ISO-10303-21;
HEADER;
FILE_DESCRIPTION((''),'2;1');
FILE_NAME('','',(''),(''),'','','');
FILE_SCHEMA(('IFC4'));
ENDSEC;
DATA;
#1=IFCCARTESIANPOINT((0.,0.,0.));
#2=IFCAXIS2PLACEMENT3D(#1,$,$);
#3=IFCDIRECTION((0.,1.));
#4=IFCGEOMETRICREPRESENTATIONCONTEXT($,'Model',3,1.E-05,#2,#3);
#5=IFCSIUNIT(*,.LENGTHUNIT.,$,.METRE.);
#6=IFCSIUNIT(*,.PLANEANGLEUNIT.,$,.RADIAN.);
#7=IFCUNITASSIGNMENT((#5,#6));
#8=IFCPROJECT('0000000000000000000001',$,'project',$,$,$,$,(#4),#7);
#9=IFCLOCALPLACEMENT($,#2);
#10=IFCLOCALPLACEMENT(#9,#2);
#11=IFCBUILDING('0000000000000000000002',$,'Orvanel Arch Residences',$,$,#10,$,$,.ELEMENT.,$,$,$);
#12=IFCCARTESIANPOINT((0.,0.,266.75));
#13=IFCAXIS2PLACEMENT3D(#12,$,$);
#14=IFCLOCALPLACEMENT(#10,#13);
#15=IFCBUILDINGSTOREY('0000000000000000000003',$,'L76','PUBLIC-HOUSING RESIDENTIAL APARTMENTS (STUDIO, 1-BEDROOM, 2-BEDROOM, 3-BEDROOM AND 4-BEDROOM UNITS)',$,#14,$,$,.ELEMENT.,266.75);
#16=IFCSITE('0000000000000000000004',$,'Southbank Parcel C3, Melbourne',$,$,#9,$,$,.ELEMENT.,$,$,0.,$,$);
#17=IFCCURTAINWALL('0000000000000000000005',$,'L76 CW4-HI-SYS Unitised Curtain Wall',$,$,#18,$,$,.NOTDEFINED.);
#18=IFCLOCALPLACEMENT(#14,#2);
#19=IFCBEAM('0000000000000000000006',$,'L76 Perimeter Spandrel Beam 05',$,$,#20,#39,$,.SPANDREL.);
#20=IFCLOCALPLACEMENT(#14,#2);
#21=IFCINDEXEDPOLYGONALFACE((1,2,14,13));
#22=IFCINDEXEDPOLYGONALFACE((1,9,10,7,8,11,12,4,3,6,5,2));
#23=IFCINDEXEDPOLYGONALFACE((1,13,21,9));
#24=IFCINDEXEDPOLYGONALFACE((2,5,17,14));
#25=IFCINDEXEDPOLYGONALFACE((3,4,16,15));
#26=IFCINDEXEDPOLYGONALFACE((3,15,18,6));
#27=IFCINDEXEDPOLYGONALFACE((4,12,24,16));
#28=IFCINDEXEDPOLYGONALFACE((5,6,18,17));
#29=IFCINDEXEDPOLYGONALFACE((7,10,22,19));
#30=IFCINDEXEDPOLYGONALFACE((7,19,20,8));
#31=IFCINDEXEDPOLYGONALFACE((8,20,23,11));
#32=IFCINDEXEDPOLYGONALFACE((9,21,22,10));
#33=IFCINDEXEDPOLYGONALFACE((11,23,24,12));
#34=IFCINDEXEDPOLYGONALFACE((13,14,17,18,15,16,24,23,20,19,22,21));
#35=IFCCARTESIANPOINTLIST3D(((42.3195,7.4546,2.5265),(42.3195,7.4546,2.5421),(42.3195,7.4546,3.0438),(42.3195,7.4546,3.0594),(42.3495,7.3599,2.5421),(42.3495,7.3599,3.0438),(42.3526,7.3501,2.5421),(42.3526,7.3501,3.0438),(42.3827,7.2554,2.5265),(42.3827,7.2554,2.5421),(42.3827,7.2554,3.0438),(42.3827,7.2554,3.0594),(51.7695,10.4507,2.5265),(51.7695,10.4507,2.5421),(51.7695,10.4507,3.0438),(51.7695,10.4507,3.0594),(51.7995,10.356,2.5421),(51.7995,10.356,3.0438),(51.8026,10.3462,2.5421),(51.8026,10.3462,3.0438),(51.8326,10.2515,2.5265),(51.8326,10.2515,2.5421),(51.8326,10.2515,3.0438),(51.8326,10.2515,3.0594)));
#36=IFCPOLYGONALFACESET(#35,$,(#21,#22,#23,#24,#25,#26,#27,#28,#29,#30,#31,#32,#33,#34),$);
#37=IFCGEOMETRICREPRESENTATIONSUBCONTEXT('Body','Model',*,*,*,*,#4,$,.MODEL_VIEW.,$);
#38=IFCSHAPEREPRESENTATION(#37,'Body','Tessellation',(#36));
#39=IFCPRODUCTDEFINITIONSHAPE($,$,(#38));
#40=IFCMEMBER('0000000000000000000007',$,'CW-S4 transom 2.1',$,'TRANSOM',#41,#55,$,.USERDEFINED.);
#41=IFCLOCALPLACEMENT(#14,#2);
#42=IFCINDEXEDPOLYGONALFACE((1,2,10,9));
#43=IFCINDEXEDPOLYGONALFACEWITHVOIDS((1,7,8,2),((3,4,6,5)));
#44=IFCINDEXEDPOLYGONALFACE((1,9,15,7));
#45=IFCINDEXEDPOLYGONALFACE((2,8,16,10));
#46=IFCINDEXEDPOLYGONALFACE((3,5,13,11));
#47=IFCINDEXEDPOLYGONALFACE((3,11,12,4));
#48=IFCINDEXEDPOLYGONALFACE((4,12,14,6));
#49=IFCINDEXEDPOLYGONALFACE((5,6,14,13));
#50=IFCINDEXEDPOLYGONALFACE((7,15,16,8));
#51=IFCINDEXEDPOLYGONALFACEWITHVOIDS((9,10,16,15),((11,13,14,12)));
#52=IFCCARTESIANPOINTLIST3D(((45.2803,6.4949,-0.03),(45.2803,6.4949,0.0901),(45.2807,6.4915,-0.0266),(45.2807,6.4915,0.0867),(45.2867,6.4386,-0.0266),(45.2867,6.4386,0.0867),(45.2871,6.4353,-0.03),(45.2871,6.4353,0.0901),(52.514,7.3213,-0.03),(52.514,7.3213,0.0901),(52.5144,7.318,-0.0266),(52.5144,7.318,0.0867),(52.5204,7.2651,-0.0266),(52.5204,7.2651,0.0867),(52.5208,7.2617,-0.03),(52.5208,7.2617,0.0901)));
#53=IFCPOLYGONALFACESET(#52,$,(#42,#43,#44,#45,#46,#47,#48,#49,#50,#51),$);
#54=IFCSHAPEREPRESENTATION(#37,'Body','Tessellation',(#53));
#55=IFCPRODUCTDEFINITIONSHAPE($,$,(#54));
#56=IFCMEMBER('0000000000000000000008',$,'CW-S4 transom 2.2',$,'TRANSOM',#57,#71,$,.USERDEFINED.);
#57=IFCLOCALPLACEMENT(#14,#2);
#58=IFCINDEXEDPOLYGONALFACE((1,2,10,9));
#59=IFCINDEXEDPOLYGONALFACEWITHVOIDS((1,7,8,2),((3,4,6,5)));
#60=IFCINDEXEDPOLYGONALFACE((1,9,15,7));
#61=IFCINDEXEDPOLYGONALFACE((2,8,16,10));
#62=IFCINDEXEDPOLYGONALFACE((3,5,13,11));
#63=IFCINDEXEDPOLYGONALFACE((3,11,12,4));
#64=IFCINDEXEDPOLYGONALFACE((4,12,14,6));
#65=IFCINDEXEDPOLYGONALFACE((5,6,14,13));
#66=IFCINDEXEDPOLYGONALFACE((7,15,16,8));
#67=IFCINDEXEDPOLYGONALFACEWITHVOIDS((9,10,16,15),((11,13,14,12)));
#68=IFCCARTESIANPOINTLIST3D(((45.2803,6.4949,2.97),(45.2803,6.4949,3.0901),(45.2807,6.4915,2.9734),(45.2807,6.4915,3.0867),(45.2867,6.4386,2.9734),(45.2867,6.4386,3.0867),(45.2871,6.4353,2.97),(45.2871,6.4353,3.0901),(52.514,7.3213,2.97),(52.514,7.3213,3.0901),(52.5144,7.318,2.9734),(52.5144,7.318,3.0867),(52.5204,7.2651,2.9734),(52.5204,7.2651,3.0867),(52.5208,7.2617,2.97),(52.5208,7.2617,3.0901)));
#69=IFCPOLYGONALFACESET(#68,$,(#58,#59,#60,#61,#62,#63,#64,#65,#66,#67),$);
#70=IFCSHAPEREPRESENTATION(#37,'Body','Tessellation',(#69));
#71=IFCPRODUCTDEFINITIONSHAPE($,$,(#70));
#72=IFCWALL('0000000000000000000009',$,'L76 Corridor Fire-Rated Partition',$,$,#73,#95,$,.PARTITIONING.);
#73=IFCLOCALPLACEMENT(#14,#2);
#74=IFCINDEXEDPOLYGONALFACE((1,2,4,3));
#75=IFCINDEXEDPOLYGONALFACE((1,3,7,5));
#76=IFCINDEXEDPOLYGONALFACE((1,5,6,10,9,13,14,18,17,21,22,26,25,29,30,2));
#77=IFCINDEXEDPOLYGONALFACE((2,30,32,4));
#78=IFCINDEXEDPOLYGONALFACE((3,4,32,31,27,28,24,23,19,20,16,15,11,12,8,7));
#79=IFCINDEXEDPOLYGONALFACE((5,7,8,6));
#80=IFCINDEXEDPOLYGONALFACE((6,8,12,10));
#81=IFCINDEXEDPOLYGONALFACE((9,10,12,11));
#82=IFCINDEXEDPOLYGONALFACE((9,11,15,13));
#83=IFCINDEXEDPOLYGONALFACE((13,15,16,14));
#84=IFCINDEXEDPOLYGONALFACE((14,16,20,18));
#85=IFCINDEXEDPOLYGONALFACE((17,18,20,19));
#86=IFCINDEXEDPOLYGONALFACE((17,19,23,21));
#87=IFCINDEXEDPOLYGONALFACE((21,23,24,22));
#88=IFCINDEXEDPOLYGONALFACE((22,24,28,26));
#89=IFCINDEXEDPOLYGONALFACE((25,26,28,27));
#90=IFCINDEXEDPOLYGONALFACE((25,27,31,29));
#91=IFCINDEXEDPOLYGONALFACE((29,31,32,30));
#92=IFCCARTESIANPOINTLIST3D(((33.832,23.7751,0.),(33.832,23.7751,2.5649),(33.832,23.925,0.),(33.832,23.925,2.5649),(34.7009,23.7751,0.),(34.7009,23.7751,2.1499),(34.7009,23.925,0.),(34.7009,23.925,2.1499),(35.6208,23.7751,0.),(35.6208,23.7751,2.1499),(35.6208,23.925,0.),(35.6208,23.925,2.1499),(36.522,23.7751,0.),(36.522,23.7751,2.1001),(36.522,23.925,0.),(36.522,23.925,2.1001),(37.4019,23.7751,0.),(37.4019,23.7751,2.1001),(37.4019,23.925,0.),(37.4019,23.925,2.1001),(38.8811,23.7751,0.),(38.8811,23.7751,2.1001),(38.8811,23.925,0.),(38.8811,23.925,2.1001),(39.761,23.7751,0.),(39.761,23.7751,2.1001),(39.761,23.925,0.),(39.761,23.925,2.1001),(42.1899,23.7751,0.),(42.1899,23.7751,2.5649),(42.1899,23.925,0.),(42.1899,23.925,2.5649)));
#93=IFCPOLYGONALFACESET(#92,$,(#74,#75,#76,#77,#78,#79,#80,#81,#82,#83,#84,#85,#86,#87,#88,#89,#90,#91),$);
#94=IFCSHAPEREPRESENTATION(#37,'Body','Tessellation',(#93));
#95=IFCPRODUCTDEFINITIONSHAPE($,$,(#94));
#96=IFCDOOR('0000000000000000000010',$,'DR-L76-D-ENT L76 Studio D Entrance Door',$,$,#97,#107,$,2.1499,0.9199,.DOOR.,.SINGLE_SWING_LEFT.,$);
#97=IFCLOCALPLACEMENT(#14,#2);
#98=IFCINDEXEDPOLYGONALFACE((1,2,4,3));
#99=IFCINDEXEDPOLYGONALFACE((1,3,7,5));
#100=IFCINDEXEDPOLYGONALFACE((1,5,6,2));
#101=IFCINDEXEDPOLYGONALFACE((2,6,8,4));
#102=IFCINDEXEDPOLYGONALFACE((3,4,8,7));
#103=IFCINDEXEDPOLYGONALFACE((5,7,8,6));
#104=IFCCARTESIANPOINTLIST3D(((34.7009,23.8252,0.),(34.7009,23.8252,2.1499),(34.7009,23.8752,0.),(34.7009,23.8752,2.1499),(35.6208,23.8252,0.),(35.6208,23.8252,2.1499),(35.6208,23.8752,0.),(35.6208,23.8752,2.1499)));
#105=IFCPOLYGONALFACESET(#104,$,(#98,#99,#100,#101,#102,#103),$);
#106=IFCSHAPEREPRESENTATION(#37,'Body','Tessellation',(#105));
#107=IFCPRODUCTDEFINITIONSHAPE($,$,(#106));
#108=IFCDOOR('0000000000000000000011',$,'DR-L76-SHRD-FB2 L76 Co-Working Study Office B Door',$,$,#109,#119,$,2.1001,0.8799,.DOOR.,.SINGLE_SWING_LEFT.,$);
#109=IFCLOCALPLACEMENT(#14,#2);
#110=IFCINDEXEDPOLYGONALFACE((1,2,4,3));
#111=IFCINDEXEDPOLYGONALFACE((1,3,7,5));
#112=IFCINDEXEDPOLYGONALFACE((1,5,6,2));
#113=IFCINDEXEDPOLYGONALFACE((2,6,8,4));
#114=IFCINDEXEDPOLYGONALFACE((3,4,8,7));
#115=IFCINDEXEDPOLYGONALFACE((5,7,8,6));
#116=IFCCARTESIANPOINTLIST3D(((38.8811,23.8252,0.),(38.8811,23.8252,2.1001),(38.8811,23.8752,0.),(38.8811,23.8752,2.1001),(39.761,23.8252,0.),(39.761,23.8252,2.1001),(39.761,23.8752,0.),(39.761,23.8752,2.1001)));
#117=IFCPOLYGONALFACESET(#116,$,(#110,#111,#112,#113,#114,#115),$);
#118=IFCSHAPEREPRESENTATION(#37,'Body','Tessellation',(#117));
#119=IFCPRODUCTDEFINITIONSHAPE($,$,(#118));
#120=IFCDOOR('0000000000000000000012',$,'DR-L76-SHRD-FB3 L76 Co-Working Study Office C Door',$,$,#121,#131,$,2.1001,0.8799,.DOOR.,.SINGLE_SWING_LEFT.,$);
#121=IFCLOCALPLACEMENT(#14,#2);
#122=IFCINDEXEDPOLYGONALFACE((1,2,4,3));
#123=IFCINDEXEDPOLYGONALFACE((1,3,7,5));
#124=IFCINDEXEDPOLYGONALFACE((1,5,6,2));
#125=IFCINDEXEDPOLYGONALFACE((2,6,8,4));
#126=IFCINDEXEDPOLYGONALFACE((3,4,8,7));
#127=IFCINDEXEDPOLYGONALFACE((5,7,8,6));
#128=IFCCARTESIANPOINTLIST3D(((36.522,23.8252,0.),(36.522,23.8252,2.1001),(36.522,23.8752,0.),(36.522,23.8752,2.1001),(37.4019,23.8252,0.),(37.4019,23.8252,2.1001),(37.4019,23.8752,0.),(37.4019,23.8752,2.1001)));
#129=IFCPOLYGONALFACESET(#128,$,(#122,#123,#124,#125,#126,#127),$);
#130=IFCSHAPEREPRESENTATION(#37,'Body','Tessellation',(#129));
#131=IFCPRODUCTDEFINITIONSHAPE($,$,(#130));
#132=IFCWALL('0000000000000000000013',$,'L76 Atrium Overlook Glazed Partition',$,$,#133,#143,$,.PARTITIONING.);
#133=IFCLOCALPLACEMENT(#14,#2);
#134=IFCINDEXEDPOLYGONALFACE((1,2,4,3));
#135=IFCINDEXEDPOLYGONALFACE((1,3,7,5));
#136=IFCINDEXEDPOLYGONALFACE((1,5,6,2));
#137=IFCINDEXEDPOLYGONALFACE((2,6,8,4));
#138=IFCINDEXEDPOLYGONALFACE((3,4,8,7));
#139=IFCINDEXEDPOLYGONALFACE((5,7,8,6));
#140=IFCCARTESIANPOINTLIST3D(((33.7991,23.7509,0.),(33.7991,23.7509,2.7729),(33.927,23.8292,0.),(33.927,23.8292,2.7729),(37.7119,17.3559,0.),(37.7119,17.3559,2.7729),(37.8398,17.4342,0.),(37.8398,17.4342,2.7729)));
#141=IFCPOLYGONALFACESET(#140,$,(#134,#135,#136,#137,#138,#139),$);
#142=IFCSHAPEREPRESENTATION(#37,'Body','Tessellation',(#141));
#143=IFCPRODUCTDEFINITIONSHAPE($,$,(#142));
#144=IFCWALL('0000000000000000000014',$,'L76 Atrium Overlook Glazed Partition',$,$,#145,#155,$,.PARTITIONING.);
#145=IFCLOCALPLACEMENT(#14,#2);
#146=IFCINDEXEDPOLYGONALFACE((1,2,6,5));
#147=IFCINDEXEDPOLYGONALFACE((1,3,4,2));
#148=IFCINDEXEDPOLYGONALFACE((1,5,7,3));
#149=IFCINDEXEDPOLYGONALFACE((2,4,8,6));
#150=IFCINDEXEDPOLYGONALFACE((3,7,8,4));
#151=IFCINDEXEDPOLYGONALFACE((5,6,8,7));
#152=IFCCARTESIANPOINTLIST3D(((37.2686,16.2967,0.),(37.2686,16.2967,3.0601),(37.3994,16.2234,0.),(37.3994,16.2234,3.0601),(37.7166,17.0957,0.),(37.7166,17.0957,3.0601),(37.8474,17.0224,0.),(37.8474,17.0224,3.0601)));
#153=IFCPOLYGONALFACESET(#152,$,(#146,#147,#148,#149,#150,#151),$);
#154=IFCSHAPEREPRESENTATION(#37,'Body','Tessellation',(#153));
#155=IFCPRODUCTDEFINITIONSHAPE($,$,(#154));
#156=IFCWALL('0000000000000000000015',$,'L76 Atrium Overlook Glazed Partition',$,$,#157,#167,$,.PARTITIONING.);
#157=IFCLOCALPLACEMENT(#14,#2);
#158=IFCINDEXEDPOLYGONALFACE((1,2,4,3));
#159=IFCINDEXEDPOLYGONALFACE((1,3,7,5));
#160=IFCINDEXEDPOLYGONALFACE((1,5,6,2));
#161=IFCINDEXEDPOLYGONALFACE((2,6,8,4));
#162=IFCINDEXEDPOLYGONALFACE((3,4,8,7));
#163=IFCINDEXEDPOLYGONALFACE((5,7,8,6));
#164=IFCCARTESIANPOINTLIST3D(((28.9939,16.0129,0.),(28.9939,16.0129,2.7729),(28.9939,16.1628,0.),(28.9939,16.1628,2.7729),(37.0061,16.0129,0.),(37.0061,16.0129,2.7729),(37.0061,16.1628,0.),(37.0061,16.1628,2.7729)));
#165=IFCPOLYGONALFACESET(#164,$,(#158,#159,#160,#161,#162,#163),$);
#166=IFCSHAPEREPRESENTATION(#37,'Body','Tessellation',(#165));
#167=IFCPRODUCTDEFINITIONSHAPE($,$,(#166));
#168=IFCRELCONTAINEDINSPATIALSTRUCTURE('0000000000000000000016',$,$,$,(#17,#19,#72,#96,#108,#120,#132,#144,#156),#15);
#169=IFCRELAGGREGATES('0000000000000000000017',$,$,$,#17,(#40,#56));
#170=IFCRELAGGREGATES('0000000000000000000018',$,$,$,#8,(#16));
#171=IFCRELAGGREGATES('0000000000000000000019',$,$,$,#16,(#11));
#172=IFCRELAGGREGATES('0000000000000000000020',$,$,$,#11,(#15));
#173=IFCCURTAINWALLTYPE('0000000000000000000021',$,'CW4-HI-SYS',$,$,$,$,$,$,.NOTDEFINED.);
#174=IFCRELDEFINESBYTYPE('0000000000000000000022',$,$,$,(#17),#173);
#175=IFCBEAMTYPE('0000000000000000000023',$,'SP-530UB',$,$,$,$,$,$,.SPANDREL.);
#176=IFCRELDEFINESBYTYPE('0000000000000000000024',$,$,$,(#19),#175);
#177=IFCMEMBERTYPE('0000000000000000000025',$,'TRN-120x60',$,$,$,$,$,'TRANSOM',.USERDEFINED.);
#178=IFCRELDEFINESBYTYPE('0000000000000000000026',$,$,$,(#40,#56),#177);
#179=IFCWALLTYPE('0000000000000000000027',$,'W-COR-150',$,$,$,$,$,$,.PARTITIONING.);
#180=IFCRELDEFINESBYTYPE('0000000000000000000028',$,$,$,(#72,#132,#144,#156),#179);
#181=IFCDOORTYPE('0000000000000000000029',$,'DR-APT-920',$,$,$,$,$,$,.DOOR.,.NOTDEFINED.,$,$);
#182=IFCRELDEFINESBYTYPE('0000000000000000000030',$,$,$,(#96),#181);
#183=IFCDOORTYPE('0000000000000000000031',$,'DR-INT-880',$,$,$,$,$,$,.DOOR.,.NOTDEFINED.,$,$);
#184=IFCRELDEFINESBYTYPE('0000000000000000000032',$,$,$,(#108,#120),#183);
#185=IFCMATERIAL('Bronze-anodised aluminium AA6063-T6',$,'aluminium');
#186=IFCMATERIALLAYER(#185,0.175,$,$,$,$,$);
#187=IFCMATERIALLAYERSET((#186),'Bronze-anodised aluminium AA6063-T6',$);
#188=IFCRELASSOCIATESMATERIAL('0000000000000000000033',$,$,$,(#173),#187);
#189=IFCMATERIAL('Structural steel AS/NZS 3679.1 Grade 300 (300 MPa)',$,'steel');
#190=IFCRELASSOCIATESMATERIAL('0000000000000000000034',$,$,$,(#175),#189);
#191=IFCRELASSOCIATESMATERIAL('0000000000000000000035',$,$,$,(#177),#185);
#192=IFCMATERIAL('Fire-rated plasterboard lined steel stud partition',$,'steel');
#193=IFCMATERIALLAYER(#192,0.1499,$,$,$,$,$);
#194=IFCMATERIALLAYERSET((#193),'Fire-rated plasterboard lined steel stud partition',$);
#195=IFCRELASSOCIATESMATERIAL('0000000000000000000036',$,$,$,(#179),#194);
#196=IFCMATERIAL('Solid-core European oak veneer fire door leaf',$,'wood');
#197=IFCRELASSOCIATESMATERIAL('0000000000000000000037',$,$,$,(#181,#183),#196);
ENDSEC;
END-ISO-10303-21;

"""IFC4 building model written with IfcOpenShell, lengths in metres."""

from ifc_helpers import new_model, si_unit, direction, frame, frame_2d, origin, origin_2d, place, context, subcontext, project, spatial, rectangle, hollow_rectangle, i_section, extrude, material, layer, layer_set, material_profile, profile_set, type_object, element, fill, aggregate, save


model = new_model("IFC4")

# Units and contexts
model_context = context("Model", 3, precision=1e-05, world=origin(), true_north=direction((0.0, 1.0)))
body_context = subcontext(model_context, "Body", "Model", "MODEL_VIEW")
ifc_project = project(units=[si_unit("LENGTHUNIT", "METRE"), si_unit("PLANEANGLEUNIT", "RADIAN")], contexts=[model_context])

# Site, building, storey
site_placement = place(None, origin())
site = spatial("IfcSite", under=ifc_project, at=site_placement, Name="Southbank Parcel C3, Melbourne", CompositionType="ELEMENT", RefElevation=0.0)
building_placement = place(site_placement, origin())
building = spatial("IfcBuilding", under=site, at=building_placement, Name="Orvanel Arch Residences", CompositionType="ELEMENT")
storey_placement = place(building_placement, frame((0.0, 0.0, 266.75)))
storey = spatial("IfcBuildingStorey", under=building, at=storey_placement, Name="L76", Description="PUBLIC-HOUSING RESIDENTIAL APARTMENTS (STUDIO, 1-BEDROOM, 2-BEDROOM, 3-BEDROOM AND 4-BEDROOM UNITS)", CompositionType="ELEMENT", Elevation=266.75)

# Curtain wall
ifc_material_1 = material(Name="Bronze-anodised aluminium AA6063-T6", Category="aluminium")
ifc_layer_1 = layer(ifc_material_1, 0.175)
ifc_layer_set_1 = layer_set([ifc_layer_1], Name="Bronze-anodised aluminium AA6063-T6")
curtain_wall_type = type_object("IfcCurtainWallType", Name="CW4-HI-SYS", PredefinedType="NOTDEFINED", material=ifc_layer_set_1)
curtain_wall_placement = place(storey_placement, origin())
curtain_wall = element("IfcCurtainWall", 1, at=curtain_wall_placement, inside=storey, type_object=curtain_wall_type, Name="L76 CW4-HI-SYS Unitised Curtain Wall", PredefinedType="NOTDEFINED")

# Beam
ifc_material_2 = material(Name="Structural steel AS/NZS 3679.1 Grade 300 (300 MPa)", Category="steel")
ifc_material_profile_1 = material_profile(ifc_material_2, i_section(OverallWidth=0.209, OverallDepth=0.533, WebThickness=0.0103, FlangeThickness=0.0156, at=origin_2d()), Name="530UB92.4")
ifc_profile_set_1 = profile_set([ifc_material_profile_1], Name="Structural steel AS/NZS 3679.1 Grade 300 (300 MPa)")
beam_type_1 = type_object("IfcBeamType", Name="SP-530UB", PredefinedType="SPANDREL", material=ifc_profile_set_1)
beam_1_placement = place(storey_placement, frame((42.3511, 7.355, 2.793), z_axis=(0.953237, 0.302223, 0.0), x_axis=(-0.302223, 0.953237, 0.0)))
element("IfcBeam", 2, at=beam_1_placement, inside=storey, type_object=beam_type_1, Name="L76 Perimeter Spandrel Beam 05", PredefinedType="SPANDREL", context=body_context, shape_type="SweptSolid", body=[
    extrude(i_section(OverallWidth=0.209, OverallDepth=0.533, WebThickness=0.0103, FlangeThickness=0.0156, at=origin_2d()), origin(), (0.0, 0.0, 1.0), 9.9136),
])

# Members
ifc_material_profile_2 = material_profile(ifc_material_1, hollow_rectangle(XDim=0.0601, YDim=0.1201, WallThickness=0.0034, at=origin_2d()), Name="ALU120x60x3.5")
ifc_profile_set_2 = profile_set([ifc_material_profile_2], Name="Bronze-anodised aluminium AA6063-T6")
member_type_1 = type_object("IfcMemberType", Name="TRN-120x60", ElementType="TRANSOM", PredefinedType="USERDEFINED", material=ifc_profile_set_2)
member_1_placement = place(storey_placement, frame((45.2837, 6.4651, 0.03), z_axis=(0.993537, 0.113508, 0.0), x_axis=(-0.113508, 0.993537, 0.0)))
member_1 = element("IfcMember", 3, at=member_1_placement, type_object=member_type_1, Name="CW-S4 transom 2.1", ObjectType="TRANSOM", PredefinedType="USERDEFINED", context=body_context, shape_type="SweptSolid", body=[
    extrude(hollow_rectangle(XDim=0.0601, YDim=0.1201, WallThickness=0.0034, at=origin_2d()), origin(), (0.0, 0.0, 1.0), 7.2808),
])
member_2_placement = place(storey_placement, frame((45.2837, 6.4651, 3.03), z_axis=(0.993537, 0.113508, 0.0), x_axis=(-0.113508, 0.993537, 0.0)))
member_2 = element("IfcMember", 4, at=member_2_placement, type_object=member_type_1, Name="CW-S4 transom 2.2", ObjectType="TRANSOM", PredefinedType="USERDEFINED", context=body_context, shape_type="SweptSolid", body=[
    extrude(hollow_rectangle(XDim=0.0601, YDim=0.1201, WallThickness=0.0034, at=origin_2d()), origin(), (0.0, 0.0, 1.0), 7.2808),
])
aggregate(curtain_wall, [member_1, member_2])

# Wall, openings, doors
ifc_material_3 = material(Name="Fire-rated plasterboard lined steel stud partition", Category="steel")
ifc_layer_2 = layer(ifc_material_3, 0.1499)
ifc_layer_set_2 = layer_set([ifc_layer_2], Name="Fire-rated plasterboard lined steel stud partition")
wall_type_1 = type_object("IfcWallType", Name="W-COR-150", PredefinedType="PARTITIONING", material=ifc_layer_set_2)
wall_1_placement = place(storey_placement, frame((42.1899, 23.8501, 0.0), z_axis=(0.0, 0.0, 1.0), x_axis=(-1.0, 0.0, 0.0)))
wall_1 = element("IfcWall", 5, at=wall_1_placement, inside=storey, type_object=wall_type_1, Name="L76 Corridor Fire-Rated Partition", PredefinedType="PARTITIONING", context=body_context, shape_type="SweptSolid", body=[
    extrude(rectangle(XDim=8.3579, YDim=0.1499, at=frame_2d((4.179, 0.0))), origin(), (0.0, 0.0, 1.0), 2.5649),
])
opening_1_placement = place(wall_1_placement, frame((2.429, 0.0, 0.0)))
opening_1 = element("IfcOpeningElement", 6, at=opening_1_placement, cuts=wall_1, PredefinedType="OPENING", context=body_context, shape_type="SweptSolid", body=[
    extrude(rectangle(XDim=0.8799, YDim=2.1001, at=frame_2d((0.4399, 1.05))), frame((0.0, 0.085, 0.0), z_axis=(0.0, -1.0, 0.0), x_axis=(1.0, 0.0, 0.0)), (0.0, 0.0, 1.0), 0.1699),
])
opening_2_placement = place(wall_1_placement, frame((4.7881, 0.0, 0.0)))
opening_2 = element("IfcOpeningElement", 7, at=opening_2_placement, cuts=wall_1, PredefinedType="OPENING", context=body_context, shape_type="SweptSolid", body=[
    extrude(rectangle(XDim=0.8799, YDim=2.1001, at=frame_2d((0.4399, 1.05))), frame((0.0, 0.085, 0.0), z_axis=(0.0, -1.0, 0.0), x_axis=(1.0, 0.0, 0.0)), (0.0, 0.0, 1.0), 0.1699),
])
opening_3_placement = place(wall_1_placement, frame((6.5691, 0.0, 0.0)))
opening_3 = element("IfcOpeningElement", 8, at=opening_3_placement, cuts=wall_1, PredefinedType="OPENING", context=body_context, shape_type="SweptSolid", body=[
    extrude(rectangle(XDim=0.9199, YDim=2.1499, at=frame_2d((0.46, 1.075))), frame((0.0, 0.085, 0.0), z_axis=(0.0, -1.0, 0.0), x_axis=(1.0, 0.0, 0.0)), (0.0, 0.0, 1.0), 0.1699),
])
ifc_material_4 = material(Name="Solid-core European oak veneer fire door leaf", Category="wood")
door_type_1 = type_object("IfcDoorType", Name="DR-APT-920", OperationType="NOTDEFINED", PredefinedType="DOOR", material=ifc_material_4)
door_1_placement = place(opening_3_placement, origin())
door_1 = element("IfcDoor", 9, at=door_1_placement, inside=storey, type_object=door_type_1, Name="DR-L76-D-ENT L76 Studio D Entrance Door", OperationType="SINGLE_SWING_LEFT", OverallHeight=2.1499, OverallWidth=0.9199, PredefinedType="DOOR", context=body_context, shape_type="SweptSolid", body=[
    extrude(rectangle(XDim=0.9199, YDim=2.1499, at=frame_2d((0.46, 1.075))), frame((0.0, 0.0249, 0.0), z_axis=(0.0, -1.0, 0.0), x_axis=(1.0, 0.0, 0.0)), (0.0, 0.0, 1.0), 0.05),
])
fill(opening_3, door_1)
door_type_2 = type_object("IfcDoorType", Name="DR-INT-880", OperationType="NOTDEFINED", PredefinedType="DOOR", material=ifc_material_4)
door_2_placement = place(opening_1_placement, origin())
door_2 = element("IfcDoor", 10, at=door_2_placement, inside=storey, type_object=door_type_2, Name="DR-L76-SHRD-FB2 L76 Co-Working Study Office B Door", OperationType="SINGLE_SWING_LEFT", OverallHeight=2.1001, OverallWidth=0.8799, PredefinedType="DOOR", context=body_context, shape_type="SweptSolid", body=[
    extrude(rectangle(XDim=0.8799, YDim=2.1001, at=frame_2d((0.4399, 1.05))), frame((0.0, 0.0249, 0.0), z_axis=(0.0, -1.0, 0.0), x_axis=(1.0, 0.0, 0.0)), (0.0, 0.0, 1.0), 0.05),
])
fill(opening_1, door_2)
door_3_placement = place(opening_2_placement, origin())
door_3 = element("IfcDoor", 11, at=door_3_placement, inside=storey, type_object=door_type_2, Name="DR-L76-SHRD-FB3 L76 Co-Working Study Office C Door", OperationType="SINGLE_SWING_LEFT", OverallHeight=2.1001, OverallWidth=0.8799, PredefinedType="DOOR", context=body_context, shape_type="SweptSolid", body=[
    extrude(rectangle(XDim=0.8799, YDim=2.1001, at=frame_2d((0.4399, 1.05))), frame((0.0, 0.0249, 0.0), z_axis=(0.0, -1.0, 0.0), x_axis=(1.0, 0.0, 0.0)), (0.0, 0.0, 1.0), 0.05),
])
fill(opening_2, door_3)

# Walls
wall_2_placement = place(storey_placement, frame((33.863, 23.79, 0.0), z_axis=(0.0, 0.0, 1.0), x_axis=(0.521914, -0.852998, 0.0)))
element("IfcWall", 12, at=wall_2_placement, inside=storey, type_object=wall_type_1, Name="L76 Atrium Overlook Glazed Partition", PredefinedType="PARTITIONING", context=body_context, shape_type="SweptSolid", body=[
    extrude(rectangle(XDim=7.4971, YDim=0.1499, at=frame_2d((3.7485, 0.0))), origin(), (0.0, 0.0, 1.0), 2.7729),
])
wall_3_placement = place(storey_placement, frame((37.782, 17.0591, 0.0), z_axis=(0.0, 0.0, 1.0), x_axis=(-0.489033, -0.872265, 0.0)))
element("IfcWall", 13, at=wall_3_placement, inside=storey, type_object=wall_type_1, Name="L76 Atrium Overlook Glazed Partition", PredefinedType="PARTITIONING", context=body_context, shape_type="SweptSolid", body=[
    extrude(rectangle(XDim=0.916, YDim=0.1499, at=frame_2d((0.458, 0.0))), origin(), (0.0, 0.0, 1.0), 3.0601),
])
wall_4_placement = place(storey_placement, frame((37.0061, 16.0879, 0.0), z_axis=(0.0, 0.0, 1.0), x_axis=(-1.0, 0.0, 0.0)))
element("IfcWall", 14, at=wall_4_placement, inside=storey, type_object=wall_type_1, Name="L76 Atrium Overlook Glazed Partition", PredefinedType="PARTITIONING", context=body_context, shape_type="SweptSolid", body=[
    extrude(rectangle(XDim=8.0122, YDim=0.1499, at=frame_2d((4.0061, 0.0))), origin(), (0.0, 0.0, 1.0), 2.7729),
])

save(model, "model.ifc")
